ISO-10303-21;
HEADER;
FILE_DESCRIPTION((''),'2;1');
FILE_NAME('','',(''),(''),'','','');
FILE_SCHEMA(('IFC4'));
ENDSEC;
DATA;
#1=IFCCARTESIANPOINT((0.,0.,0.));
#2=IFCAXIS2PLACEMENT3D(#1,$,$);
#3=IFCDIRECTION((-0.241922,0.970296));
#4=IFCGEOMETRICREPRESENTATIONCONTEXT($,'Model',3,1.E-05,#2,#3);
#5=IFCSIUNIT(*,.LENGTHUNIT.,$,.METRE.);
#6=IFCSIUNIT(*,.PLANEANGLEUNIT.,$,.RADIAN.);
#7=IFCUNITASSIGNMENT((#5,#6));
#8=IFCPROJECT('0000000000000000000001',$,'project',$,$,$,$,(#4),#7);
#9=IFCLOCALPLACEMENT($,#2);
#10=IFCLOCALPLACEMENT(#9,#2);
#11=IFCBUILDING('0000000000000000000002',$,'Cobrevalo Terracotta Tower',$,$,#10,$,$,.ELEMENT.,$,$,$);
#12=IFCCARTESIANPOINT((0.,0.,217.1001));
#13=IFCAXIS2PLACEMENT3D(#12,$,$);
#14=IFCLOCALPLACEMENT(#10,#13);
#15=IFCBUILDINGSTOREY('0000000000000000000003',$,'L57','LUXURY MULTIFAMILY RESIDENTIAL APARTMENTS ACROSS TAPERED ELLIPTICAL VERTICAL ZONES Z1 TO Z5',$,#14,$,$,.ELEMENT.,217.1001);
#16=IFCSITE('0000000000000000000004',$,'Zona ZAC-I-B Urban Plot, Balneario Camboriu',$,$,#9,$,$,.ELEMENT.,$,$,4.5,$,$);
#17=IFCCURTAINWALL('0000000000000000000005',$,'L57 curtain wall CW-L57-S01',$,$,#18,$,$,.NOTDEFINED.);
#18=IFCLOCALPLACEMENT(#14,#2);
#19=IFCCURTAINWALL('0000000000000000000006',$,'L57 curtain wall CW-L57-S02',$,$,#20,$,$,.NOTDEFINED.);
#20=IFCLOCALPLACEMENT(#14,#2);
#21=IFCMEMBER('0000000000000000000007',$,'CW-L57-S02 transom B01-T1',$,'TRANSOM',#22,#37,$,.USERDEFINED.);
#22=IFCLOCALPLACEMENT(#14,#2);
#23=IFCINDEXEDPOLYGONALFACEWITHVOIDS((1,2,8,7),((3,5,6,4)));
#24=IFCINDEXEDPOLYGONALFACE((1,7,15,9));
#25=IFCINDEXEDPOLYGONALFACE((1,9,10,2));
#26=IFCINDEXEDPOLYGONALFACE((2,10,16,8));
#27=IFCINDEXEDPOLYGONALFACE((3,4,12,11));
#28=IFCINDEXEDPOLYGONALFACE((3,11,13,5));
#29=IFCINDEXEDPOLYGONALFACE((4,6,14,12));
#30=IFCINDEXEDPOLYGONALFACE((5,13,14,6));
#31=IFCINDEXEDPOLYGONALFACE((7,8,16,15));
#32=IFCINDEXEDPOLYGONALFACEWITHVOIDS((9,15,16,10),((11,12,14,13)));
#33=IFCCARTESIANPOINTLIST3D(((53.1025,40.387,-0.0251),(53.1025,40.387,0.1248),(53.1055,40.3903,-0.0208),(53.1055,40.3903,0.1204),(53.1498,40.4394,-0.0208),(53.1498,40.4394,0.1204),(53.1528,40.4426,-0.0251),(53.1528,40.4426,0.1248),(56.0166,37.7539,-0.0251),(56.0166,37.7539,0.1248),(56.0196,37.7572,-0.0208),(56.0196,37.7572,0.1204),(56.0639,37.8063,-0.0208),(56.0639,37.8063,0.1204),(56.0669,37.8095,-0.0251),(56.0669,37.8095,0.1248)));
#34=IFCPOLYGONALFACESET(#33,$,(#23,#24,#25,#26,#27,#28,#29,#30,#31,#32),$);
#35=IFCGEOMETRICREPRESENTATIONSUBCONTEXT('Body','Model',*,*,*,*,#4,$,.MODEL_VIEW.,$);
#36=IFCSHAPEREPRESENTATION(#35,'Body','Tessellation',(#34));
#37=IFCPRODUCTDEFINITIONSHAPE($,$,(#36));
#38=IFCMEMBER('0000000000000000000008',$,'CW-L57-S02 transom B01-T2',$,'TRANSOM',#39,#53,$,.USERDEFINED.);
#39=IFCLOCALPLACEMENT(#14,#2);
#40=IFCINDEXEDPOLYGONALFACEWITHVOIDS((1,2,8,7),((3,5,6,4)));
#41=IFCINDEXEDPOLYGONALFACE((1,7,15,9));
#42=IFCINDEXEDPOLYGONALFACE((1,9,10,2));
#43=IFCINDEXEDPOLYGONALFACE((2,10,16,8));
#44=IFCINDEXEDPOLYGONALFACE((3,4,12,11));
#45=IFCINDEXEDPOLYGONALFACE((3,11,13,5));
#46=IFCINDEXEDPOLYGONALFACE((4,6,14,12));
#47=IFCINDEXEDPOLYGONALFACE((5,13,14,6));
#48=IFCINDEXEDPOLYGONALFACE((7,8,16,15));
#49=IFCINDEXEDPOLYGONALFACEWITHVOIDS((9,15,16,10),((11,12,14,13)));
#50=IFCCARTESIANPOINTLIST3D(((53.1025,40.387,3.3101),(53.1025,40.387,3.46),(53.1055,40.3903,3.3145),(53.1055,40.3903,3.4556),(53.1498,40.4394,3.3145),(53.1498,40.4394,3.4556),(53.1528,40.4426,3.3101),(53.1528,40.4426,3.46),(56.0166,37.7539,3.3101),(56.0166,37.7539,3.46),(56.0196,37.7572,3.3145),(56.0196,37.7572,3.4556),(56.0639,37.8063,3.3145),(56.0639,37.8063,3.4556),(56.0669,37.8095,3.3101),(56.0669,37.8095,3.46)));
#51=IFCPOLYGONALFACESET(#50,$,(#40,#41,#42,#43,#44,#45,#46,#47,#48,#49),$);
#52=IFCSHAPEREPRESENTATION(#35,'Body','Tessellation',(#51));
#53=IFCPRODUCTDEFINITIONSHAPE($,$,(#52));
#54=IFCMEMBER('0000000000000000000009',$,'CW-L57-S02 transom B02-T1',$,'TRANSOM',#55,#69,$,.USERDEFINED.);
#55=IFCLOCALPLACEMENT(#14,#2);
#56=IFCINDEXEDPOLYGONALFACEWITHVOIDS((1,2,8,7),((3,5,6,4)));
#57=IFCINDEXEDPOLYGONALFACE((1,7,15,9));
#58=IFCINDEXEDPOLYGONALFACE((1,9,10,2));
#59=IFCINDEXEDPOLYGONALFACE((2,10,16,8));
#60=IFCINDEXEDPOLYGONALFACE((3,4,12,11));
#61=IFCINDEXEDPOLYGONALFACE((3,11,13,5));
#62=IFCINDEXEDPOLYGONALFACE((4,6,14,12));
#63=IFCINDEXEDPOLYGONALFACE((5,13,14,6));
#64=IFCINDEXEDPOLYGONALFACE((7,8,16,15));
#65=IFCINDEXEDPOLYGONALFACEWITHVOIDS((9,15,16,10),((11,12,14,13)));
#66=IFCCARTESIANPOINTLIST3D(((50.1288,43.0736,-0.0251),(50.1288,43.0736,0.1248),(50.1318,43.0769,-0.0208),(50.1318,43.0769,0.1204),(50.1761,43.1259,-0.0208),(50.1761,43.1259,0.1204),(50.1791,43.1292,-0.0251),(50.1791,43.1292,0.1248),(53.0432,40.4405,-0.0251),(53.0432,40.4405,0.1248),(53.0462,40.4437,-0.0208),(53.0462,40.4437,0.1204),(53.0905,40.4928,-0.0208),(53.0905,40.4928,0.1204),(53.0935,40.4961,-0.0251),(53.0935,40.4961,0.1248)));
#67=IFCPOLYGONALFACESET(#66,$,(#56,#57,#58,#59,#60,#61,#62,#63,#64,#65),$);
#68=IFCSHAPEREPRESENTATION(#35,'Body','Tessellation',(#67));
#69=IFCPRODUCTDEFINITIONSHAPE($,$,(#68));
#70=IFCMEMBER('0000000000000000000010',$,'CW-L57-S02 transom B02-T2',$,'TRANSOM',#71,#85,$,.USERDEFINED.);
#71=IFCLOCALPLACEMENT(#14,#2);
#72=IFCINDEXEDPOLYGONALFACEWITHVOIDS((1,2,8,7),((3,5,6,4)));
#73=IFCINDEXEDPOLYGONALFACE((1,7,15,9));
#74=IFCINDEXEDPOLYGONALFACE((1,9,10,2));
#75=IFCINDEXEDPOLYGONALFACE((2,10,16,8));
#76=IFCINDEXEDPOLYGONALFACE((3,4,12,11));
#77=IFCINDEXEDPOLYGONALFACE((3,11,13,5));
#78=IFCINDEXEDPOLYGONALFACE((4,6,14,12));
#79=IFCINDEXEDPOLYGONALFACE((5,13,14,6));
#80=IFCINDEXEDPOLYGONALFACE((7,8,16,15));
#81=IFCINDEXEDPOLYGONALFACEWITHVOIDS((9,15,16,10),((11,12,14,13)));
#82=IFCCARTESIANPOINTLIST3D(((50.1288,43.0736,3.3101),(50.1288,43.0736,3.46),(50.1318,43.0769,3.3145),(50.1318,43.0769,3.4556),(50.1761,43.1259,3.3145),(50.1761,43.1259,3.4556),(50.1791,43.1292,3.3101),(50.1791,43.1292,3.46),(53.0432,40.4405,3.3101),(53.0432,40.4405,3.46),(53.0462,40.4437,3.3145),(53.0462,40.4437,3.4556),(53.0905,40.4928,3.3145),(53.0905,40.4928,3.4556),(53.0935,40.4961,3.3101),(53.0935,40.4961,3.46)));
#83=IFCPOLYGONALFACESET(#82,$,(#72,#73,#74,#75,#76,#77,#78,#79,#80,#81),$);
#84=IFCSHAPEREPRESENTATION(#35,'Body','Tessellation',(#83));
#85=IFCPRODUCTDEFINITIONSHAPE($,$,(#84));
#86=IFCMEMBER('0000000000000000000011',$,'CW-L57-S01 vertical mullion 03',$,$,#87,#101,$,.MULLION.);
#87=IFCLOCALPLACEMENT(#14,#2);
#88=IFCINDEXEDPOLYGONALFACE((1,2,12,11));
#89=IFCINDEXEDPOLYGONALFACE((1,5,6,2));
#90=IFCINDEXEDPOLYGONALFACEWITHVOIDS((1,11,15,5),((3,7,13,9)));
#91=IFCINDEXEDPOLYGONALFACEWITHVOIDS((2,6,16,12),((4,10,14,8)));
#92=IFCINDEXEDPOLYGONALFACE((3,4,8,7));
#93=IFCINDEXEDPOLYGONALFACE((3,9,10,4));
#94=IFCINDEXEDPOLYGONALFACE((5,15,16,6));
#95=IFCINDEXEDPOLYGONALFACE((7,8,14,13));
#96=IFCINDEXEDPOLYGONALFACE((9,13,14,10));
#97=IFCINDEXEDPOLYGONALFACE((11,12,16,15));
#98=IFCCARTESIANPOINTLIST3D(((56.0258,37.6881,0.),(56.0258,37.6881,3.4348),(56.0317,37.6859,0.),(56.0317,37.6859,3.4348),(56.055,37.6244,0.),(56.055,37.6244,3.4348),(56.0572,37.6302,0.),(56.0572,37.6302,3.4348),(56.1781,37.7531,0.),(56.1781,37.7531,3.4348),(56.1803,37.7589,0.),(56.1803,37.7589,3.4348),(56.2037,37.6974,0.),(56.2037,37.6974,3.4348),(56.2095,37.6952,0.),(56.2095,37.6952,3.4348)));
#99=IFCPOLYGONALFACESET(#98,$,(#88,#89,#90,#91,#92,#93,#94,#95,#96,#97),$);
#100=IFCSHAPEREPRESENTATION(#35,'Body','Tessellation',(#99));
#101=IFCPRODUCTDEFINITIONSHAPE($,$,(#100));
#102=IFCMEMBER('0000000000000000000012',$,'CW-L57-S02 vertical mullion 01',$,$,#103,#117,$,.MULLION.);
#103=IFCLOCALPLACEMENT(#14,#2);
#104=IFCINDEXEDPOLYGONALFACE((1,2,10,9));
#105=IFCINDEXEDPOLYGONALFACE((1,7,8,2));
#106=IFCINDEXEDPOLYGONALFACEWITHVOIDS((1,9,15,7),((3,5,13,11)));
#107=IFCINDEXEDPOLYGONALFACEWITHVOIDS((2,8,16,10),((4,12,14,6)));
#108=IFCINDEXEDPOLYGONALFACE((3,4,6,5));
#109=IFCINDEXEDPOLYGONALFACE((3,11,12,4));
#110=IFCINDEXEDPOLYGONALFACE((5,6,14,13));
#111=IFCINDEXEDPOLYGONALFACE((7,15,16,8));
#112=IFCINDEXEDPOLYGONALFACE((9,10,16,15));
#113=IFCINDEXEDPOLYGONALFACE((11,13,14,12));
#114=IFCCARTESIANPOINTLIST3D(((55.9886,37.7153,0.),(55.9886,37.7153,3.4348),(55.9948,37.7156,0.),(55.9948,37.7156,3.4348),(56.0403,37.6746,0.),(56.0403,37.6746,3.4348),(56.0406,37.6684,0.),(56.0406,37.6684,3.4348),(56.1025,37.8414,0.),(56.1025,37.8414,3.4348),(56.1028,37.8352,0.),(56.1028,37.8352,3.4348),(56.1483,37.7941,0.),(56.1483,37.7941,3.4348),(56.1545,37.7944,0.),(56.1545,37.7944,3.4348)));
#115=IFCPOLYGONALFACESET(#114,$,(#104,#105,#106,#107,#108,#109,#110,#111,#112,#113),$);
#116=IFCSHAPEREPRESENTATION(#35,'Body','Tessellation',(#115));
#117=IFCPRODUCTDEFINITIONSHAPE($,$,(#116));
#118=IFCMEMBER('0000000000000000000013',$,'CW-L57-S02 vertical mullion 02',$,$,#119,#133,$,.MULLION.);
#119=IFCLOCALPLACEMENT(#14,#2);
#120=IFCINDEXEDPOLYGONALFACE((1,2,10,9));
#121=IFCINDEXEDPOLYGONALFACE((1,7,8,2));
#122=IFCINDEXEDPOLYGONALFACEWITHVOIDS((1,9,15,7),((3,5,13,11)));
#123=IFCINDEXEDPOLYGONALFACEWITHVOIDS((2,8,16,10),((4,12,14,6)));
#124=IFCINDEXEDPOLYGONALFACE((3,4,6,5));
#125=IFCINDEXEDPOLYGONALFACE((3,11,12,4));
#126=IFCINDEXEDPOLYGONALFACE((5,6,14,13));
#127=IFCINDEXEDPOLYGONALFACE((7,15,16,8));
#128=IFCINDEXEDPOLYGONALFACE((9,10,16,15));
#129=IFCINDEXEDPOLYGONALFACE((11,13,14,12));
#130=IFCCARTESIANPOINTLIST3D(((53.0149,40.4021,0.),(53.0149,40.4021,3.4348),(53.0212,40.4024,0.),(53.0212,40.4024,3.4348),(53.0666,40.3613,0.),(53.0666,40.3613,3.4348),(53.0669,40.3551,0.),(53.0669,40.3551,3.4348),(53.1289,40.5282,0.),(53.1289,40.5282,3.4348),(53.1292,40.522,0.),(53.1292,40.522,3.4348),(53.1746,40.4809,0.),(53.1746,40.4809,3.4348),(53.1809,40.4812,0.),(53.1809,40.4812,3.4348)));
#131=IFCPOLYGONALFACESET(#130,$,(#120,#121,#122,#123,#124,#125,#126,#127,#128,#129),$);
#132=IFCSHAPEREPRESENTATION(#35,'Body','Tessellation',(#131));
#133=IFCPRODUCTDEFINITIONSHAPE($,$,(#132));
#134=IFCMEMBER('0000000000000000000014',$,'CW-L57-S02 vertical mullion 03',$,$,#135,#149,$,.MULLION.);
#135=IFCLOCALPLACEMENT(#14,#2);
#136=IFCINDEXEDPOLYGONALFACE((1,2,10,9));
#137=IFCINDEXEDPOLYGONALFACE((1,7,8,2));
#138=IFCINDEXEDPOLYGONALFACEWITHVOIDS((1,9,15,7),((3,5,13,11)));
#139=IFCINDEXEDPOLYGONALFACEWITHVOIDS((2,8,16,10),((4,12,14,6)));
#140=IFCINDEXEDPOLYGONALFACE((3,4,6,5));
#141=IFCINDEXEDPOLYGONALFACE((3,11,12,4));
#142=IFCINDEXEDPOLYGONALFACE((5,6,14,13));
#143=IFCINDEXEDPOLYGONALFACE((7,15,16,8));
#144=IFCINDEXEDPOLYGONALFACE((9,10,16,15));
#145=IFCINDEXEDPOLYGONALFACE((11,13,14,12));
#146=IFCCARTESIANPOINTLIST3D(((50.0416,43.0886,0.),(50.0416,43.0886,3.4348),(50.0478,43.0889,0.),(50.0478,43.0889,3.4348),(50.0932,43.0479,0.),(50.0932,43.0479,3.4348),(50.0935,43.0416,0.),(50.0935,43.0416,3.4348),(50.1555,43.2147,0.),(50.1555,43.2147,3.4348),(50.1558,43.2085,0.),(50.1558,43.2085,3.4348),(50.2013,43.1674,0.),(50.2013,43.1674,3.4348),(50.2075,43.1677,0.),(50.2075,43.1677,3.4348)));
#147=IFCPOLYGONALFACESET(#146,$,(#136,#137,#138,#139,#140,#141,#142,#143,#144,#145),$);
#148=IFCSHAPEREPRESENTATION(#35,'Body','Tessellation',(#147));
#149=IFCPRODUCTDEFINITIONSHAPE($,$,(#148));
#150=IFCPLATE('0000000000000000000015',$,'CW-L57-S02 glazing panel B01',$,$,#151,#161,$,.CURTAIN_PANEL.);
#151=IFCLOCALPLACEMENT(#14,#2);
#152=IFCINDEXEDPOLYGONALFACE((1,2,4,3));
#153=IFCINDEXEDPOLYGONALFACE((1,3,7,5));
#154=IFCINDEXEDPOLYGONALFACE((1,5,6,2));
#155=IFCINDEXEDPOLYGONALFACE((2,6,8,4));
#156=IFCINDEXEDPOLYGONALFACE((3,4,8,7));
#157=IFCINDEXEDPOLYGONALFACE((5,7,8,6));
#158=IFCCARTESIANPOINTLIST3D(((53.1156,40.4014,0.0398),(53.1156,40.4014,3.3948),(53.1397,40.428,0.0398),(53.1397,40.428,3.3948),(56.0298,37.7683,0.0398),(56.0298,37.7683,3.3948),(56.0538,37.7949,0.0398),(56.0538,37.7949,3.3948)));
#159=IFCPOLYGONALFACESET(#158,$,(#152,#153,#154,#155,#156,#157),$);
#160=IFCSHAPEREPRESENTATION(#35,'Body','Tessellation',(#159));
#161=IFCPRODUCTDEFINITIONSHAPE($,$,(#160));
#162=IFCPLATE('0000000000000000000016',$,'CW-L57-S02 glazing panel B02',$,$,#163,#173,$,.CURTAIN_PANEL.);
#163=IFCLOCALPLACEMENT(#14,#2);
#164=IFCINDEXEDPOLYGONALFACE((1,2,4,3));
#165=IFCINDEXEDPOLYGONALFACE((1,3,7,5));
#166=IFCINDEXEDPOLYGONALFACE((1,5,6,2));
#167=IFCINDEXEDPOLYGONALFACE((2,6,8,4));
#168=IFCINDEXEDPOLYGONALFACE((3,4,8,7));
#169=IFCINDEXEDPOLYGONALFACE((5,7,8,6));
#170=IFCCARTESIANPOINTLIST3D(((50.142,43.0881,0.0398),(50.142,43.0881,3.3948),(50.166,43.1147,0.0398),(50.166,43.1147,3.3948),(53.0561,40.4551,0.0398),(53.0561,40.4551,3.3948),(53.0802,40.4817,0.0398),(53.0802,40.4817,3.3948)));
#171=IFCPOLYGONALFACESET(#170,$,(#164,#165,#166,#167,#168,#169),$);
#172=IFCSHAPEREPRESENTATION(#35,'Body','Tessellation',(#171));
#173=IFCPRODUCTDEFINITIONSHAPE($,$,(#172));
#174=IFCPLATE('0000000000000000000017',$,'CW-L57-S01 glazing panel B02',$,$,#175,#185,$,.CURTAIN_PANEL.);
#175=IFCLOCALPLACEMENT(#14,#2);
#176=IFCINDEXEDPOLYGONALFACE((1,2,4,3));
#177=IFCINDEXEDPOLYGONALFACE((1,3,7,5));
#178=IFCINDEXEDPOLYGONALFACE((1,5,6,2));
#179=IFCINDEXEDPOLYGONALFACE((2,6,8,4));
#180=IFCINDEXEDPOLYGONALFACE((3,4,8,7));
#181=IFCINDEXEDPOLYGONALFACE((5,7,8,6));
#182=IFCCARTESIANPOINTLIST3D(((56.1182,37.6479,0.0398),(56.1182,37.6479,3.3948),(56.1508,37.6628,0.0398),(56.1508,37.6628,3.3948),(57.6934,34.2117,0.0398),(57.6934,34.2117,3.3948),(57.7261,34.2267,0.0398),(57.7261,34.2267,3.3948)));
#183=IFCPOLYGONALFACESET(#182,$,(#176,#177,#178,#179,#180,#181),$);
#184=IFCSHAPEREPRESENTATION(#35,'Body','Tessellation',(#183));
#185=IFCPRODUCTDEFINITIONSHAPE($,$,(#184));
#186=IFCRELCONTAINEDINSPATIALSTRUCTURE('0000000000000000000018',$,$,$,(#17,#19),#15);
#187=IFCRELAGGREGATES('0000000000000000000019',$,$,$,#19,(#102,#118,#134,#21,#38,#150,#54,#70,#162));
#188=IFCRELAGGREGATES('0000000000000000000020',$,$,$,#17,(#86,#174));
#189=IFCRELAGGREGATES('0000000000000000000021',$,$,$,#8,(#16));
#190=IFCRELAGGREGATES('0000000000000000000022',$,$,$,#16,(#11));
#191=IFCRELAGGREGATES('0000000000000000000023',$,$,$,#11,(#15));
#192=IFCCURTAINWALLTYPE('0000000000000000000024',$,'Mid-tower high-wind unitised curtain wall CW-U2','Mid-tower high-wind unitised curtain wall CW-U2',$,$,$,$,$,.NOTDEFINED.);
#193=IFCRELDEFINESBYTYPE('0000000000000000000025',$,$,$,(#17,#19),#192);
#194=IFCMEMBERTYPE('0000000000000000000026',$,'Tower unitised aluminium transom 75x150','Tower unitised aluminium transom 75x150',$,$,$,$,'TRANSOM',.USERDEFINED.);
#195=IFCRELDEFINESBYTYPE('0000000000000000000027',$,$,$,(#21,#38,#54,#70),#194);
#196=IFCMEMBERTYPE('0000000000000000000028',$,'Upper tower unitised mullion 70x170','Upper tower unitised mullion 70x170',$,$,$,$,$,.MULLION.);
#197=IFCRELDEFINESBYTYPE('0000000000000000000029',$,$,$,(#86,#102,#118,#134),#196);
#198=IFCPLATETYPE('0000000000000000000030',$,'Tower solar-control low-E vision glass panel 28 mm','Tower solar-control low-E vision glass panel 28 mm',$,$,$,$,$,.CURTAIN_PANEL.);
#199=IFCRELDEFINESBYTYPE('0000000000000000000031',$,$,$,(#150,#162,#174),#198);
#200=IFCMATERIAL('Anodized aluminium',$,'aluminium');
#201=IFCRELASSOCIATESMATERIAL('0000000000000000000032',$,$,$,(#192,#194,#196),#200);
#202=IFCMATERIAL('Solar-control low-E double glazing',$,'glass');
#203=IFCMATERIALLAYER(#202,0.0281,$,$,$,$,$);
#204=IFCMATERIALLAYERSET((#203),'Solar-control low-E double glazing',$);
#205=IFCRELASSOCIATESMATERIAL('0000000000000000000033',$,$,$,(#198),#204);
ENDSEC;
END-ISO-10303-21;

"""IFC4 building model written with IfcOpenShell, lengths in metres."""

from ifc_helpers import new_model, si_unit, direction, frame, origin, origin_2d, place, context, subcontext, project, spatial, rectangle, hollow_rectangle, extrude, source, transform, mapped, material, layer, layer_set, material_profile, profile_set, type_object, element, aggregate, save


model = new_model("IFC4")

# Units and contexts
model_context = context("Model", 3, precision=1e-05, world=origin(), true_north=direction((-0.241922, 0.970296)))
body_context = subcontext(model_context, "Body", "Model", "MODEL_VIEW")
ifc_project = project(units=[si_unit("LENGTHUNIT", "METRE"), si_unit("PLANEANGLEUNIT", "RADIAN")], contexts=[model_context])

# Site, building, storey
site_placement = place(None, origin())
site = spatial("IfcSite", under=ifc_project, at=site_placement, Name="Zona ZAC-I-B Urban Plot, Balneario Camboriu", CompositionType="ELEMENT", RefElevation=4.5)
building_placement = place(site_placement, origin())
building = spatial("IfcBuilding", under=site, at=building_placement, Name="Cobrevalo Terracotta Tower", CompositionType="ELEMENT")
storey_placement = place(building_placement, frame((0.0, 0.0, 217.1001)))
storey = spatial("IfcBuildingStorey", under=building, at=storey_placement, Name="L57", Description="LUXURY MULTIFAMILY RESIDENTIAL APARTMENTS ACROSS TAPERED ELLIPTICAL VERTICAL ZONES Z1 TO Z5", CompositionType="ELEMENT", Elevation=217.1001)

# Curtain wall
ifc_material_1 = material(Name="Anodized aluminium", Category="aluminium")
curtain_wall_type = type_object("IfcCurtainWallType", Name="Mid-tower high-wind unitised curtain wall CW-U2", Description="Mid-tower high-wind unitised curtain wall CW-U2", PredefinedType="NOTDEFINED", material=ifc_material_1)
curtain_wall_1_placement = place(storey_placement, origin())
curtain_wall_1 = element("IfcCurtainWall", 1, at=curtain_wall_1_placement, inside=storey, type_object=curtain_wall_type, Name="L57 curtain wall CW-L57-S01", PredefinedType="NOTDEFINED")
ifc_material_profile_1 = material_profile(ifc_material_1, hollow_rectangle(XDim=0.075, YDim=0.1499, WallThickness=0.0044, at=origin_2d()), Name="CWT 75x150")
ifc_profile_set_1 = profile_set([ifc_material_profile_1], Name="Anodized aluminium")
member_type_1 = type_object("IfcMemberType", Name="Tower unitised aluminium transom 75x150", Description="Tower unitised aluminium transom 75x150", ElementType="TRANSOM", PredefinedType="USERDEFINED", material=ifc_profile_set_1)

# Curtain wall, members
curtain_wall_2_placement = place(storey_placement, origin())
curtain_wall_2 = element("IfcCurtainWall", 2, at=curtain_wall_2_placement, inside=storey, type_object=curtain_wall_type, Name="L57 curtain wall CW-L57-S02", PredefinedType="NOTDEFINED")
shared_shape_1 = source(origin(), body_context, "Body", "SweptSolid", [
    extrude(hollow_rectangle(XDim=0.075, YDim=0.1499, WallThickness=0.0044, at=origin_2d()), origin(), (0.0, 0.0, 1.0), 3.9275),
])
member_1_placement = place(storey_placement, frame((56.0417, 37.7817, 0.0498), z_axis=(-0.741976, 0.670426, 0.0), x_axis=(-0.670426, -0.741976, 0.0)))
member_1 = element("IfcMember", 3, at=member_1_placement, type_object=member_type_1, Name="CW-L57-S02 transom B01-T1", ObjectType="TRANSOM", PredefinedType="USERDEFINED", context=body_context, shape_type="MappedRepresentation", body=[
    mapped(shared_shape_1, transform((0.0, 0.0, 0.0), scale=1.0)),
])
member_2_placement = place(storey_placement, frame((56.0417, 37.7817, 3.385), z_axis=(-0.741976, 0.670426, 0.0), x_axis=(-0.670426, -0.741976, 0.0)))
member_2 = element("IfcMember", 4, at=member_2_placement, type_object=member_type_1, Name="CW-L57-S02 transom B01-T2", ObjectType="TRANSOM", PredefinedType="USERDEFINED", context=body_context, shape_type="MappedRepresentation", body=[
    mapped(shared_shape_1, transform((0.0, 0.0, 0.0), scale=1.0)),
])
shared_shape_2 = source(origin(), body_context, "Body", "SweptSolid", [
    extrude(hollow_rectangle(XDim=0.075, YDim=0.1499, WallThickness=0.0044, at=origin_2d()), origin(), (0.0, 0.0, 1.0), 3.9277),
])
member_3_placement = place(storey_placement, frame((53.0684, 40.4683, 0.0498), z_axis=(-0.742004, 0.670396, 0.0), x_axis=(-0.670396, -0.742004, 0.0)))
member_3 = element("IfcMember", 5, at=member_3_placement, type_object=member_type_1, Name="CW-L57-S02 transom B02-T1", ObjectType="TRANSOM", PredefinedType="USERDEFINED", context=body_context, shape_type="MappedRepresentation", body=[
    mapped(shared_shape_2, transform((0.0, 0.0, 0.0), scale=1.0)),
])
member_4_placement = place(storey_placement, frame((53.0684, 40.4683, 3.385), z_axis=(-0.742004, 0.670396, 0.0), x_axis=(-0.670396, -0.742004, 0.0)))
member_4 = element("IfcMember", 6, at=member_4_placement, type_object=member_type_1, Name="CW-L57-S02 transom B02-T2", ObjectType="TRANSOM", PredefinedType="USERDEFINED", context=body_context, shape_type="MappedRepresentation", body=[
    mapped(shared_shape_2, transform((0.0, 0.0, 0.0), scale=1.0)),
])

# Members
ifc_material_profile_2 = material_profile(ifc_material_1, hollow_rectangle(XDim=0.0701, YDim=0.1699, WallThickness=0.0044, at=origin_2d()), Name="CWM 70x170")
ifc_profile_set_2 = profile_set([ifc_material_profile_2], Name="Anodized aluminium")
member_type_2 = type_object("IfcMemberType", Name="Upper tower unitised mullion 70x170", Description="Upper tower unitised mullion 70x170", PredefinedType="MULLION", material=ifc_profile_set_2)
shared_shape_3 = source(origin(), body_context, "Body", "SweptSolid", [
    extrude(hollow_rectangle(XDim=0.0701, YDim=0.1699, WallThickness=0.0044, at=origin_2d()), origin(), (0.0, 0.0, 1.0), 3.4348),
])
member_5_placement = place(storey_placement, frame((56.1177, 37.6917, 0.0), z_axis=(0.0, 0.0, 1.0), x_axis=(-0.416725, 0.909033, 0.0)))
member_5 = element("IfcMember", 7, at=member_5_placement, type_object=member_type_2, Name="CW-L57-S01 vertical mullion 03", PredefinedType="MULLION", context=body_context, shape_type="MappedRepresentation", body=[
    mapped(shared_shape_3, transform((0.0, 0.0, 0.0), scale=1.0)),
])
member_6_placement = place(storey_placement, frame((56.0715, 37.7549, 0.0), z_axis=(0.0, 0.0, 1.0), x_axis=(-0.741988, 0.670414, 0.0)))
member_6 = element("IfcMember", 8, at=member_6_placement, type_object=member_type_2, Name="CW-L57-S02 vertical mullion 01", PredefinedType="MULLION", context=body_context, shape_type="MappedRepresentation", body=[
    mapped(shared_shape_3, transform((0.0, 0.0, 0.0), scale=1.0)),
])
member_7_placement = place(storey_placement, frame((53.0979, 40.4417, 0.0), z_axis=(0.0, 0.0, 1.0), x_axis=(-0.741988, 0.670414, 0.0)))
member_7 = element("IfcMember", 9, at=member_7_placement, type_object=member_type_2, Name="CW-L57-S02 vertical mullion 02", PredefinedType="MULLION", context=body_context, shape_type="MappedRepresentation", body=[
    mapped(shared_shape_3, transform((0.0, 0.0, 0.0), scale=1.0)),
])
member_8_placement = place(storey_placement, frame((50.1245, 43.1282, 0.0), z_axis=(0.0, 0.0, 1.0), x_axis=(-0.741988, 0.670414, 0.0)))
member_8 = element("IfcMember", 10, at=member_8_placement, type_object=member_type_2, Name="CW-L57-S02 vertical mullion 03", PredefinedType="MULLION", context=body_context, shape_type="MappedRepresentation", body=[
    mapped(shared_shape_3, transform((0.0, 0.0, 0.0), scale=1.0)),
])

# Plates
ifc_material_2 = material(Name="Solar-control low-E double glazing", Category="glass")
ifc_layer_1 = layer(ifc_material_2, 0.0281)
ifc_layer_set_1 = layer_set([ifc_layer_1], Name="Solar-control low-E double glazing")
plate_type = type_object("IfcPlateType", Name="Tower solar-control low-E vision glass panel 28 mm", Description="Tower solar-control low-E vision glass panel 28 mm", PredefinedType="CURTAIN_PANEL", material=ifc_layer_set_1)
shared_shape_4 = source(origin(), body_context, "Body", "SweptSolid", [
    extrude(rectangle(XDim=3.9275, YDim=0.0359, at=origin_2d()), origin(), (0.0, 0.0, 1.0), 3.355),
])
plate_1_placement = place(storey_placement, frame((54.5847, 39.0981, 0.0398), z_axis=(0.0, 0.0, 1.0), x_axis=(-0.741988, 0.670414, 0.0)))
plate_1 = element("IfcPlate", 11, at=plate_1_placement, type_object=plate_type, Name="CW-L57-S02 glazing panel B01", PredefinedType="CURTAIN_PANEL", context=body_context, shape_type="MappedRepresentation", body=[
    mapped(shared_shape_4, transform((0.0, 0.0, 0.0), scale=1.0)),
])
plate_2_placement = place(storey_placement, frame((51.6111, 41.7849, 0.0398), z_axis=(0.0, 0.0, 1.0), x_axis=(-0.741988, 0.670414, 0.0)))
plate_2 = element("IfcPlate", 12, at=plate_2_placement, type_object=plate_type, Name="CW-L57-S02 glazing panel B02", PredefinedType="CURTAIN_PANEL", context=body_context, shape_type="MappedRepresentation", body=[
    mapped(shared_shape_4, transform((0.0, 0.0, 0.0), scale=1.0)),
])
aggregate(curtain_wall_2, [member_6, member_7, member_8, member_1, member_2, plate_1, member_3, member_4, plate_2])
shared_shape_5 = source(origin(), body_context, "Body", "SweptSolid", [
    extrude(rectangle(XDim=3.78, YDim=0.0359, at=origin_2d()), origin(), (0.0, 0.0, 1.0), 3.355),
])
plate_3_placement = place(storey_placement, frame((56.9221, 35.9373, 0.0398), z_axis=(0.0, 0.0, 1.0), x_axis=(-0.416731, 0.90903, 0.0)))
plate_3 = element("IfcPlate", 13, at=plate_3_placement, type_object=plate_type, Name="CW-L57-S01 glazing panel B02", PredefinedType="CURTAIN_PANEL", context=body_context, shape_type="MappedRepresentation", body=[
    mapped(shared_shape_5, transform((0.0, 0.0, 0.0), scale=1.0)),
])
aggregate(curtain_wall_1, [member_5, plate_3])

save(model, "model.ifc")
